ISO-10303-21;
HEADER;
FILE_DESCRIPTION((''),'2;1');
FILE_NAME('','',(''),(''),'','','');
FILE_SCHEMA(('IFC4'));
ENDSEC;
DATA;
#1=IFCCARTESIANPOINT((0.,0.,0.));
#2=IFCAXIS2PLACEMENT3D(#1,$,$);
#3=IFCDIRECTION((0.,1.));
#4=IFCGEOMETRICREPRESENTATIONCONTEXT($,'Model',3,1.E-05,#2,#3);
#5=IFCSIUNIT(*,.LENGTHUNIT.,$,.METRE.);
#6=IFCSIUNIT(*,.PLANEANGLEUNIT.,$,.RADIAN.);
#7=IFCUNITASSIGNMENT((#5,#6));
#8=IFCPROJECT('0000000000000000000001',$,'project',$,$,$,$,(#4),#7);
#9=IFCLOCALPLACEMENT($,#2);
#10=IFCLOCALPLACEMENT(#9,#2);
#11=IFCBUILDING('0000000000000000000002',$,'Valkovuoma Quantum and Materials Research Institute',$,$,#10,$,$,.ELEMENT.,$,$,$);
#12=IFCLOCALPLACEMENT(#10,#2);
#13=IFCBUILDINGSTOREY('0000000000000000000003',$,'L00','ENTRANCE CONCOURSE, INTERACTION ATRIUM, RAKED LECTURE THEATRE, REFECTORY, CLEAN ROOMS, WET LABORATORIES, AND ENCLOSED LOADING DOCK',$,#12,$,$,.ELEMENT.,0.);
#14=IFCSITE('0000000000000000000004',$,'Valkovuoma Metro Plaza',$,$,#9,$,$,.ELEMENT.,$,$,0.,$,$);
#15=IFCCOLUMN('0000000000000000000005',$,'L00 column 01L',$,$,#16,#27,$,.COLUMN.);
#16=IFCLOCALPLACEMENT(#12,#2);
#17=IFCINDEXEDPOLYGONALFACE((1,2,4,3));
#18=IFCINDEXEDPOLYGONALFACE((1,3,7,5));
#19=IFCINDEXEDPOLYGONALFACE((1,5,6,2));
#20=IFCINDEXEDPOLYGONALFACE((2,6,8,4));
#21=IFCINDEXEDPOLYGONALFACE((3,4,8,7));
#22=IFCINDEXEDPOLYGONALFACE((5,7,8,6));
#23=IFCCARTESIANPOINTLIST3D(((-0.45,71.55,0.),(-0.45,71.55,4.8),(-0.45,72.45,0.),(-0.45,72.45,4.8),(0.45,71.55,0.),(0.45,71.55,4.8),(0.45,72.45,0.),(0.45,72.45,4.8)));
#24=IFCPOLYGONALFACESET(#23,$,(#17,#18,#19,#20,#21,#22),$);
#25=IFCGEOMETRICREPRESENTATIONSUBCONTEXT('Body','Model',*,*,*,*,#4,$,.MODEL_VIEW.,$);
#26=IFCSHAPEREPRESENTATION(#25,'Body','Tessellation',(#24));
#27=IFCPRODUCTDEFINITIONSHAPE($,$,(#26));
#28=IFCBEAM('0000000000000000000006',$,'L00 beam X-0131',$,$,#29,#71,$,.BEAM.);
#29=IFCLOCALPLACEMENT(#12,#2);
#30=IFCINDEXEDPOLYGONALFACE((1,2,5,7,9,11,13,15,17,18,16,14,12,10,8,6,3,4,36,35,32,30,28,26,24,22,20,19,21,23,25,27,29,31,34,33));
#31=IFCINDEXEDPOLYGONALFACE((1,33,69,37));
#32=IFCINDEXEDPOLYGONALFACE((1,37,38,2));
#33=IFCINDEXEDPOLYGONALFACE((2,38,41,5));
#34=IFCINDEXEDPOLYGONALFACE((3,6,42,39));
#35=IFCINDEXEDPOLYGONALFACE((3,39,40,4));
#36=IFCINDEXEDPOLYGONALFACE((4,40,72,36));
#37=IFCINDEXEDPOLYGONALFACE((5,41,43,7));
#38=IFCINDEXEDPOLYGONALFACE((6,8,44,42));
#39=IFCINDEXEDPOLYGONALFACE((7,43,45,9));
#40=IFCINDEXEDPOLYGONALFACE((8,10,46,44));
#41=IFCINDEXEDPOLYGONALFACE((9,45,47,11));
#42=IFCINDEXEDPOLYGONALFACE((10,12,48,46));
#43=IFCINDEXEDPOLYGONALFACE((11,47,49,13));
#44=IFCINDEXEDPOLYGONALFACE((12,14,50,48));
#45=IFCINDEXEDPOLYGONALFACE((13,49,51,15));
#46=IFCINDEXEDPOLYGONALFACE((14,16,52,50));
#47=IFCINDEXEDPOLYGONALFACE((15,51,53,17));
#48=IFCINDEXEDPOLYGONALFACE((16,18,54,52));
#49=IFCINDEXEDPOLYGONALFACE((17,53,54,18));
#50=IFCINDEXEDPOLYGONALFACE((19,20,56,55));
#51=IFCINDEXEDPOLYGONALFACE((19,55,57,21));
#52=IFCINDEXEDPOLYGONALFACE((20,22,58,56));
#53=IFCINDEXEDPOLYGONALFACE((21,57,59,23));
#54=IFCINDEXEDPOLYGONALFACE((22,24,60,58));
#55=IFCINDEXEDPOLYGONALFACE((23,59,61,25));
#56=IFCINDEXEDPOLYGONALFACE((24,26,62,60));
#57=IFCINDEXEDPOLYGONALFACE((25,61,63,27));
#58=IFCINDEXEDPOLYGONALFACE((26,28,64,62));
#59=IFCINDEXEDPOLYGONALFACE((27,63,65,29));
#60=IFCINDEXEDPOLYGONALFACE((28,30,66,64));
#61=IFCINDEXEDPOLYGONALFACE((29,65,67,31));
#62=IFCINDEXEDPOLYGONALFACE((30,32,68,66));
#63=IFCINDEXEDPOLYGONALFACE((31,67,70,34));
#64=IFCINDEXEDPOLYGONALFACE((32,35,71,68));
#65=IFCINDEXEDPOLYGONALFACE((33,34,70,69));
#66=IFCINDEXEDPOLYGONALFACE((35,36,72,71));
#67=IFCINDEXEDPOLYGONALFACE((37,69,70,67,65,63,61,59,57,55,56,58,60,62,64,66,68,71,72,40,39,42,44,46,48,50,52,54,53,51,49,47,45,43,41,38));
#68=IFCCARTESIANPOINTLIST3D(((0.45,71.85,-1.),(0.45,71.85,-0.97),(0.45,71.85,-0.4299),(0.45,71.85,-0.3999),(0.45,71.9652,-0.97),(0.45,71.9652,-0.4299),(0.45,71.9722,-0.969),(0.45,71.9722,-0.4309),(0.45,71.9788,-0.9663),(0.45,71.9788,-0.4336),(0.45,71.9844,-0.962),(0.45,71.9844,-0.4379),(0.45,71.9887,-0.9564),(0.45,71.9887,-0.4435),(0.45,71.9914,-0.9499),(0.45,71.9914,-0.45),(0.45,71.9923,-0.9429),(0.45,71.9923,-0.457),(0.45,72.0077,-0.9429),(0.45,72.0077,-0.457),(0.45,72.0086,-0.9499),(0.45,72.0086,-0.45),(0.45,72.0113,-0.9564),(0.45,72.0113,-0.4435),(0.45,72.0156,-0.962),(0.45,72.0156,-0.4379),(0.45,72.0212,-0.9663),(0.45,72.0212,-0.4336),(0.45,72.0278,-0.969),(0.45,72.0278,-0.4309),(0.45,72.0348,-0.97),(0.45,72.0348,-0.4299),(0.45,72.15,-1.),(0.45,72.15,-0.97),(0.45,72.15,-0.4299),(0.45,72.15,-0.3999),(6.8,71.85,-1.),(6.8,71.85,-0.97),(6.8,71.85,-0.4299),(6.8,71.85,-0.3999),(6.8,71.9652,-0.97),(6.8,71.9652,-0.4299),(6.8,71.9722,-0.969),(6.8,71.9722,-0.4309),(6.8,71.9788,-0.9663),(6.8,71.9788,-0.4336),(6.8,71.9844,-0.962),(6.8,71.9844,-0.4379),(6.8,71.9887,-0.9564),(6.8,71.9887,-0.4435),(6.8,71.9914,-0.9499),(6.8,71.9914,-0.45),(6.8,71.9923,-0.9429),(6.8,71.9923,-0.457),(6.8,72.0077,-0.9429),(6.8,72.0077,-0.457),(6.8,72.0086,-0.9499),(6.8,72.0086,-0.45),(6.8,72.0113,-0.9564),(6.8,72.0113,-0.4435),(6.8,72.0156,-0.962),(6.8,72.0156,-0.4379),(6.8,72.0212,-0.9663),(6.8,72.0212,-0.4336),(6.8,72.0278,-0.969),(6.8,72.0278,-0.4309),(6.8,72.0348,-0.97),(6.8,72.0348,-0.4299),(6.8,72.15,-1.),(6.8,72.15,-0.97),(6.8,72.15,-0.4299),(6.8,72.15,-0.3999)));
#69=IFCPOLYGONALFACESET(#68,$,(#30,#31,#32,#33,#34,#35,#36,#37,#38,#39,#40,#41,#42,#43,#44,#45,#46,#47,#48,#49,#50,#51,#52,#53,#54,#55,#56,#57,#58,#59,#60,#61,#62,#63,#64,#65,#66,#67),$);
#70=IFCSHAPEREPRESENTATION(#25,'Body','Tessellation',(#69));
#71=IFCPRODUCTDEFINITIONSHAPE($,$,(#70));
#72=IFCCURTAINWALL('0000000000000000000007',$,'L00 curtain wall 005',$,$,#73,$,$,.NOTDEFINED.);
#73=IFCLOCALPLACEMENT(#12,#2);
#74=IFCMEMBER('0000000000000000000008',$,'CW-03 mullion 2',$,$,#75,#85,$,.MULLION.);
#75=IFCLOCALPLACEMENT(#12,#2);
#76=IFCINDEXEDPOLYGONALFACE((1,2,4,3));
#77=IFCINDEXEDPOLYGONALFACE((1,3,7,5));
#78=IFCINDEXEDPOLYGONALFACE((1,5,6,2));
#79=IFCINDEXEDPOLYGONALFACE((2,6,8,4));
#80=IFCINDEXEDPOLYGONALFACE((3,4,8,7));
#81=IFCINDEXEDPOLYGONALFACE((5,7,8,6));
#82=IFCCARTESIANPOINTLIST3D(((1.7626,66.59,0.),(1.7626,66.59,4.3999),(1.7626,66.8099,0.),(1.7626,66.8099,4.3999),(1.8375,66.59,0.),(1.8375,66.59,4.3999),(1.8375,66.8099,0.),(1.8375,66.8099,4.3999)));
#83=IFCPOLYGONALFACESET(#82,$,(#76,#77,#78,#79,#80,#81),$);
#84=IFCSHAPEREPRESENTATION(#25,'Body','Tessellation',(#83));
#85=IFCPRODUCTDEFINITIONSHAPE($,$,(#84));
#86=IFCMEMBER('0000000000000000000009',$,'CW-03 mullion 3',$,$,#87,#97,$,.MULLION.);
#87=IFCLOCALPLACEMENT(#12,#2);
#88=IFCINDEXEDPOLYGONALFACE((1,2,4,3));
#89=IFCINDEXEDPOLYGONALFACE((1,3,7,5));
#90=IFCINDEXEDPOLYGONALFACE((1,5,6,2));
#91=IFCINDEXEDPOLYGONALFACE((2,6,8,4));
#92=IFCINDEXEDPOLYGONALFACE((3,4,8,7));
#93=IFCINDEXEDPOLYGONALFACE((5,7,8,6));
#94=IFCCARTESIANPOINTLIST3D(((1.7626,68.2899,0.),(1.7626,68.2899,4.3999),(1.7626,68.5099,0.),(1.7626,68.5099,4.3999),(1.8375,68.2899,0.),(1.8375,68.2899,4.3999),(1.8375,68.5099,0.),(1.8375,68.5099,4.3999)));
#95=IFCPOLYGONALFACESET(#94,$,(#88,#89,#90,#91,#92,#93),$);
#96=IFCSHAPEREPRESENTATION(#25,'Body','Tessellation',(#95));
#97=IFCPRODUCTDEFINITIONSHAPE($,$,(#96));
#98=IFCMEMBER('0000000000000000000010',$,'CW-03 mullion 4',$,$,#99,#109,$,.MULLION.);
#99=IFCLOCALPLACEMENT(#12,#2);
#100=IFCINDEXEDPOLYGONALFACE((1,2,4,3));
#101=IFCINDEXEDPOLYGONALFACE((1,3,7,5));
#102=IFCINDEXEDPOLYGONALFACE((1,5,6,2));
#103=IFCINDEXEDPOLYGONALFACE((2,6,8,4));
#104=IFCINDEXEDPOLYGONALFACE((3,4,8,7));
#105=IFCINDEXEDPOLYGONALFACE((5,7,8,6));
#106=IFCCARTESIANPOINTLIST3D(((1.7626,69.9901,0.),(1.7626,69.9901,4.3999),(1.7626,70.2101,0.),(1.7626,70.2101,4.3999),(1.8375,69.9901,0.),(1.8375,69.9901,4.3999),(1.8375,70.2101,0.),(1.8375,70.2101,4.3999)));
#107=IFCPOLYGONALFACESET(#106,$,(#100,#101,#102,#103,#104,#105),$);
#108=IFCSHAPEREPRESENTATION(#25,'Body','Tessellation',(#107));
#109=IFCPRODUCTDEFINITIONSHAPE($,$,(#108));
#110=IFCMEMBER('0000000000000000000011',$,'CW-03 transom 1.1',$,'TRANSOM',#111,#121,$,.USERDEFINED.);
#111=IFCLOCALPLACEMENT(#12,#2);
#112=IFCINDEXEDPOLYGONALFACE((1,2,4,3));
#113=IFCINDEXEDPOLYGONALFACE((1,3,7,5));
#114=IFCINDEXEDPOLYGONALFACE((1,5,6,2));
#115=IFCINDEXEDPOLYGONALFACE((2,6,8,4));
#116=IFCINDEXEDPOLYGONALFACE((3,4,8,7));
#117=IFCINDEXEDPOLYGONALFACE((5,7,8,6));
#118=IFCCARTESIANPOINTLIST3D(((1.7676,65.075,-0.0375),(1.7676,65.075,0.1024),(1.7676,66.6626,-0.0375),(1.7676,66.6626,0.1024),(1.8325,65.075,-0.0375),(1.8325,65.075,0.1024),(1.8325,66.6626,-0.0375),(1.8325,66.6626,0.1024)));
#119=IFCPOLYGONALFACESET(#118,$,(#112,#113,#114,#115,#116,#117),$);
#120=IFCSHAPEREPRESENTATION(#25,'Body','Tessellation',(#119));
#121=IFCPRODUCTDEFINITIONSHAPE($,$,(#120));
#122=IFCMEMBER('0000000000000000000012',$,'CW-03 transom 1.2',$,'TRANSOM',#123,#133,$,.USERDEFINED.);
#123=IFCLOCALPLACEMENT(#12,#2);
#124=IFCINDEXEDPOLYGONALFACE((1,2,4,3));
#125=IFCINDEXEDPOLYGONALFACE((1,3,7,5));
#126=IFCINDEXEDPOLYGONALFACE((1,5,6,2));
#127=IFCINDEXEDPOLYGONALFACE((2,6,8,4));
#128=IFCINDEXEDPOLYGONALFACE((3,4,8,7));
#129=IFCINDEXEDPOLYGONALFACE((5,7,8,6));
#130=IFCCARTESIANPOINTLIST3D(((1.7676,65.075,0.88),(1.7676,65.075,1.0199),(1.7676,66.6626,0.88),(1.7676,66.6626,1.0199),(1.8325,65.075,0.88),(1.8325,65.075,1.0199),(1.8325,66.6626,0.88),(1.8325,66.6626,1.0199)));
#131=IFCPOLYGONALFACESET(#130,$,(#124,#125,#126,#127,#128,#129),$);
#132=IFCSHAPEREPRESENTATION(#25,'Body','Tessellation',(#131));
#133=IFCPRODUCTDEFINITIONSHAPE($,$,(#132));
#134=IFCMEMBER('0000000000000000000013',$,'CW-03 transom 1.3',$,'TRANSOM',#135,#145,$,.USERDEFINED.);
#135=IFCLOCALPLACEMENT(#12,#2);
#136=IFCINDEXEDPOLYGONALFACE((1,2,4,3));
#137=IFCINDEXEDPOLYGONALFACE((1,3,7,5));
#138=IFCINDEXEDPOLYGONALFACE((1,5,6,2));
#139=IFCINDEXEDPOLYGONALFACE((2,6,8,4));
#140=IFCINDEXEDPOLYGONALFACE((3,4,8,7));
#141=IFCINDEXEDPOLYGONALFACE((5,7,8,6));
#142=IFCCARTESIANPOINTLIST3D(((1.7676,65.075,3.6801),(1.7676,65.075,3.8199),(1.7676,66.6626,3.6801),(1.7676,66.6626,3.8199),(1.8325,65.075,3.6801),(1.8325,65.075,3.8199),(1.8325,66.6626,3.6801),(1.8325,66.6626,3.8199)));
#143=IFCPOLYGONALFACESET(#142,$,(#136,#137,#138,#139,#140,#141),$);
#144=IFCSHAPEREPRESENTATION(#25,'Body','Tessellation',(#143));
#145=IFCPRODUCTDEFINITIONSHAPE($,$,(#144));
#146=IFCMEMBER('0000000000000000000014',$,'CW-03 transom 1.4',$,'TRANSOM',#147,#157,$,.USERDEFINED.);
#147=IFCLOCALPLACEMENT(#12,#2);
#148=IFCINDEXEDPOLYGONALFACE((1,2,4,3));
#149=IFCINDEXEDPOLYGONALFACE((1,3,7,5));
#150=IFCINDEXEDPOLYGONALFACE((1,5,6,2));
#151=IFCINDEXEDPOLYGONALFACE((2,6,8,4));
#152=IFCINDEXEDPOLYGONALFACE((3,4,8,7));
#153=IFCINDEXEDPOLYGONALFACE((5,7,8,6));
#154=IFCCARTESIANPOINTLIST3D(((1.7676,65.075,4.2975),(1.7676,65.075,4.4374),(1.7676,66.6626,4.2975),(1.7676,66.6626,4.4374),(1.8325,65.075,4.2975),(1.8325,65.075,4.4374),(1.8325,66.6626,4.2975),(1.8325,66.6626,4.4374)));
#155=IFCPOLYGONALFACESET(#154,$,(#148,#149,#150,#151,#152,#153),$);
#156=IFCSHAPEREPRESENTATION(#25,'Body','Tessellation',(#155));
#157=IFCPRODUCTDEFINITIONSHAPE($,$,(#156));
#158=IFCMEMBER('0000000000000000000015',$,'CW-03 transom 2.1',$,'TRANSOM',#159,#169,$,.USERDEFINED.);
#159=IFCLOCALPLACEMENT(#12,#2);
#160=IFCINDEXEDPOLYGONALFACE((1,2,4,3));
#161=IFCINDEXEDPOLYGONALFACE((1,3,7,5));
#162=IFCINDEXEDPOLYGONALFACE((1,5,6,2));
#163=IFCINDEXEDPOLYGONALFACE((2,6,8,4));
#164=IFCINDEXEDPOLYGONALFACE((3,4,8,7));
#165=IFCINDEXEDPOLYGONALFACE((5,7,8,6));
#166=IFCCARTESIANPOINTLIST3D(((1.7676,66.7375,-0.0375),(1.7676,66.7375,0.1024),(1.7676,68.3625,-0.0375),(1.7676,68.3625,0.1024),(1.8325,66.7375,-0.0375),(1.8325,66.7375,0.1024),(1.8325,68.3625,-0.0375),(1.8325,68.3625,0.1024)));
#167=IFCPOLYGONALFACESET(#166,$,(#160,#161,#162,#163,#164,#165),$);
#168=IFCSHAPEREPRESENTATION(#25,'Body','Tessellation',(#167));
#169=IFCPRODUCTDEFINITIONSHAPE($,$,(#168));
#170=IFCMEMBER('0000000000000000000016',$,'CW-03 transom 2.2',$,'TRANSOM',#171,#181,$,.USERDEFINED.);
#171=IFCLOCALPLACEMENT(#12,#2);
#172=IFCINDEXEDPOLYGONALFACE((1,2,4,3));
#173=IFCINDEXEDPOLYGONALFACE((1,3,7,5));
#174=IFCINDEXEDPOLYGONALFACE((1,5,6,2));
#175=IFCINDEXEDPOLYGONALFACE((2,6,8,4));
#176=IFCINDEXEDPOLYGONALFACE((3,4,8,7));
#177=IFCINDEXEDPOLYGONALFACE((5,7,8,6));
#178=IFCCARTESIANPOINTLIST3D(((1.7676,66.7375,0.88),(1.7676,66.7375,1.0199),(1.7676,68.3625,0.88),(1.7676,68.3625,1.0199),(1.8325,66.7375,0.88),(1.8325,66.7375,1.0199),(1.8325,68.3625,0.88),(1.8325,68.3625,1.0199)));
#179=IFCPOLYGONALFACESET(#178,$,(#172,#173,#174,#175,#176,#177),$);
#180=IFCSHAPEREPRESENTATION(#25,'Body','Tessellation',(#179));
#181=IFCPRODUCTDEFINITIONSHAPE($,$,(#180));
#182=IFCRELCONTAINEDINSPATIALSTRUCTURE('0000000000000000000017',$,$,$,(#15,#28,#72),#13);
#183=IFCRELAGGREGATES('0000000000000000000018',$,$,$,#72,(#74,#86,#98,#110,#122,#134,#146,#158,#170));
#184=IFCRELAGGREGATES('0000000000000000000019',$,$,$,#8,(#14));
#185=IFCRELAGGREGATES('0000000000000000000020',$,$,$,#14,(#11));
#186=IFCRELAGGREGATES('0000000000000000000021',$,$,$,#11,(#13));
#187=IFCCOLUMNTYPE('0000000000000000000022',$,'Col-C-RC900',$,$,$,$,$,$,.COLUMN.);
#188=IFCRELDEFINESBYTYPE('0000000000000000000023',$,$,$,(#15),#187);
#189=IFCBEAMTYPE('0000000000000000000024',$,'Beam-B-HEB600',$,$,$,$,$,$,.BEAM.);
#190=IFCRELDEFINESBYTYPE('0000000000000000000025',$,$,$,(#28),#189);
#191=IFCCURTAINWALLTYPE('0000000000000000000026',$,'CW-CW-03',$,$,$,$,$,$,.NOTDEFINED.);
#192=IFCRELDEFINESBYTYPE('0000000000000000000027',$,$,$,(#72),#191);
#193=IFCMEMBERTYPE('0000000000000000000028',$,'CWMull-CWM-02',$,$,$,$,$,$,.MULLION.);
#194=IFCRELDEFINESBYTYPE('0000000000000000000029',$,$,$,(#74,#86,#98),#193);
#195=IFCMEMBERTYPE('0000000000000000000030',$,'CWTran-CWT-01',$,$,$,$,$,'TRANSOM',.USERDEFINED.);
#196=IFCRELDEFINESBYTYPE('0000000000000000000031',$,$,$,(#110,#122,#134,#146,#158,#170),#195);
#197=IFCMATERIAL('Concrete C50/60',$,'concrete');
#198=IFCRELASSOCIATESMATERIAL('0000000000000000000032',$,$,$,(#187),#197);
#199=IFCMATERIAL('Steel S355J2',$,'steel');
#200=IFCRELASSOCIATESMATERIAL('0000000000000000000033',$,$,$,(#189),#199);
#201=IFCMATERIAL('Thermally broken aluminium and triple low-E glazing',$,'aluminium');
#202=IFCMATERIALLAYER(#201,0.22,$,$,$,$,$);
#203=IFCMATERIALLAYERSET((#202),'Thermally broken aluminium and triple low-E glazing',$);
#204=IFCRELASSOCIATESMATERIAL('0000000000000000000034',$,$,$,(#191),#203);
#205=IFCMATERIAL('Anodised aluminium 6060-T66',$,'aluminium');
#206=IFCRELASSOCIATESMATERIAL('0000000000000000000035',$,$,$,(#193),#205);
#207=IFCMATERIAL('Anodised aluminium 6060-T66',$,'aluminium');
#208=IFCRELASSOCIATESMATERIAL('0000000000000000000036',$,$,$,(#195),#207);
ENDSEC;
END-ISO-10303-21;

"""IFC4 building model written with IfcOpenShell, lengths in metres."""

from ifc_helpers import new_model, si_unit, direction, frame, origin, origin_2d, place, context, subcontext, project, spatial, rectangle, i_section, extrude, material, layer, layer_set, material_profile, profile_set, type_object, element, aggregate, save


model = new_model("IFC4")

# Units and contexts
model_context = context("Model", 3, precision=1e-05, world=origin(), true_north=direction((0.0, 1.0)))
body_context = subcontext(model_context, "Body", "Model", "MODEL_VIEW")
ifc_project = project(units=[si_unit("LENGTHUNIT", "METRE"), si_unit("PLANEANGLEUNIT", "RADIAN")], contexts=[model_context])

# Site, building, storey
site_placement = place(None, origin())
site = spatial("IfcSite", under=ifc_project, at=site_placement, Name="Valkovuoma Metro Plaza", CompositionType="ELEMENT", RefElevation=0.0)
building_placement = place(site_placement, origin())
building = spatial("IfcBuilding", under=site, at=building_placement, Name="Valkovuoma Quantum and Materials Research Institute", CompositionType="ELEMENT")
storey_placement = place(building_placement, origin())
storey = spatial("IfcBuildingStorey", under=building, at=storey_placement, Name="L00", Description="ENTRANCE CONCOURSE, INTERACTION ATRIUM, RAKED LECTURE THEATRE, REFECTORY, CLEAN ROOMS, WET LABORATORIES, AND ENCLOSED LOADING DOCK", CompositionType="ELEMENT", Elevation=0.0)

# Column
ifc_material_1 = material(Name="Concrete C50/60", Category="concrete")
ifc_material_profile_1 = material_profile(ifc_material_1, rectangle(XDim=0.8999, YDim=0.8999, at=origin_2d()), Name="Concrete C50/60")
ifc_profile_set_1 = profile_set([ifc_material_profile_1], Name="Concrete C50/60")
column_type = type_object("IfcColumnType", Name="Col-C-RC900", PredefinedType="COLUMN", material=ifc_profile_set_1)
column_placement = place(storey_placement, frame((0.0, 72.0, 0.0), z_axis=(0.0, 0.0, 1.0), x_axis=(1.0, 0.0, 0.0)))
element("IfcColumn", 1, at=column_placement, inside=storey, type_object=column_type, Name="L00 column 01L", PredefinedType="COLUMN", context=body_context, shape_type="SweptSolid", body=[
    extrude(rectangle(XDim=0.8999, YDim=0.8999, at=origin_2d()), origin(), (0.0, 0.0, 1.0), 4.8),
])

# Beam
ifc_material_2 = material(Name="Steel S355J2", Category="steel")
ifc_material_profile_2 = material_profile(ifc_material_2, i_section(OverallWidth=0.3, OverallDepth=0.6001, WebThickness=0.0154, FlangeThickness=0.03, FilletRadius=0.0271, at=origin_2d()), Name="Steel S355J2")
ifc_profile_set_2 = profile_set([ifc_material_profile_2], Name="Steel S355J2")
beam_type = type_object("IfcBeamType", Name="Beam-B-HEB600", PredefinedType="BEAM", material=ifc_profile_set_2)
beam_placement = place(storey_placement, frame((0.45, 72.0, -0.7), z_axis=(1.0, 0.0, 0.0), x_axis=(0.0, 1.0, 0.0)))
element("IfcBeam", 2, at=beam_placement, inside=storey, type_object=beam_type, Name="L00 beam X-0131", PredefinedType="BEAM", context=body_context, shape_type="SweptSolid", body=[
    extrude(i_section(OverallWidth=0.3, OverallDepth=0.6001, WebThickness=0.0154, FlangeThickness=0.03, FilletRadius=0.0271, at=origin_2d()), origin(), (0.0, 0.0, 1.0), 6.3501),
])

# Curtain wall, members
ifc_material_3 = material(Name="Thermally broken aluminium and triple low-E glazing", Category="aluminium")
ifc_layer_1 = layer(ifc_material_3, 0.22)
ifc_layer_set_1 = layer_set([ifc_layer_1], Name="Thermally broken aluminium and triple low-E glazing")
curtain_wall_type = type_object("IfcCurtainWallType", Name="CW-CW-03", PredefinedType="NOTDEFINED", material=ifc_layer_set_1)
curtain_wall_placement = place(storey_placement, origin())
curtain_wall = element("IfcCurtainWall", 3, at=curtain_wall_placement, inside=storey, type_object=curtain_wall_type, Name="L00 curtain wall 005", PredefinedType="NOTDEFINED")
ifc_material_4 = material(Name="Anodised aluminium 6060-T66", Category="aluminium")
ifc_material_profile_3 = material_profile(ifc_material_4, rectangle(XDim=0.075, YDim=0.22, at=origin_2d()), Name="Anodised aluminium 6060-T66")
ifc_profile_set_3 = profile_set([ifc_material_profile_3], Name="Anodised aluminium 6060-T66")
member_type_1 = type_object("IfcMemberType", Name="CWMull-CWM-02", PredefinedType="MULLION", material=ifc_profile_set_3)
member_1_placement = place(storey_placement, frame((1.8, 66.7, 0.0), z_axis=(0.0, 0.0, 1.0), x_axis=(-1.0, 0.0, 0.0)))
member_1 = element("IfcMember", 4, at=member_1_placement, type_object=member_type_1, Name="CW-03 mullion 2", PredefinedType="MULLION", context=body_context, shape_type="SweptSolid", body=[
    extrude(rectangle(XDim=0.075, YDim=0.22, at=origin_2d()), origin(), (0.0, 0.0, 1.0), 4.3999),
])
member_2_placement = place(storey_placement, frame((1.8, 68.3999, 0.0), z_axis=(0.0, 0.0, 1.0), x_axis=(-1.0, 0.0, 0.0)))
member_2 = element("IfcMember", 5, at=member_2_placement, type_object=member_type_1, Name="CW-03 mullion 3", PredefinedType="MULLION", context=body_context, shape_type="SweptSolid", body=[
    extrude(rectangle(XDim=0.075, YDim=0.22, at=origin_2d()), origin(), (0.0, 0.0, 1.0), 4.3999),
])
member_3_placement = place(storey_placement, frame((1.8, 70.1001, 0.0), z_axis=(0.0, 0.0, 1.0), x_axis=(-1.0, 0.0, 0.0)))
member_3 = element("IfcMember", 6, at=member_3_placement, type_object=member_type_1, Name="CW-03 mullion 4", PredefinedType="MULLION", context=body_context, shape_type="SweptSolid", body=[
    extrude(rectangle(XDim=0.075, YDim=0.22, at=origin_2d()), origin(), (0.0, 0.0, 1.0), 4.3999),
])
ifc_material_5 = material(Name="Anodised aluminium 6060-T66", Category="aluminium")
ifc_material_profile_4 = material_profile(ifc_material_5, rectangle(XDim=0.0649, YDim=0.1399, at=origin_2d()), Name="Anodised aluminium 6060-T66")
ifc_profile_set_4 = profile_set([ifc_material_profile_4], Name="Anodised aluminium 6060-T66")
member_type_2 = type_object("IfcMemberType", Name="CWTran-CWT-01", ElementType="TRANSOM", PredefinedType="USERDEFINED", material=ifc_profile_set_4)
member_4_placement = place(storey_placement, frame((1.8, 65.075, 0.0325), z_axis=(0.0, 1.0, 0.0), x_axis=(-1.0, 0.0, 0.0)))
member_4 = element("IfcMember", 7, at=member_4_placement, type_object=member_type_2, Name="CW-03 transom 1.1", ObjectType="TRANSOM", PredefinedType="USERDEFINED", context=body_context, shape_type="SweptSolid", body=[
    extrude(rectangle(XDim=0.0649, YDim=0.1399, at=origin_2d()), origin(), (0.0, 0.0, 1.0), 1.5876),
])
member_5_placement = place(storey_placement, frame((1.8, 65.075, 0.95), z_axis=(0.0, 1.0, 0.0), x_axis=(-1.0, 0.0, 0.0)))
member_5 = element("IfcMember", 8, at=member_5_placement, type_object=member_type_2, Name="CW-03 transom 1.2", ObjectType="TRANSOM", PredefinedType="USERDEFINED", context=body_context, shape_type="SweptSolid", body=[
    extrude(rectangle(XDim=0.0649, YDim=0.1399, at=origin_2d()), origin(), (0.0, 0.0, 1.0), 1.5876),
])
member_6_placement = place(storey_placement, frame((1.8, 65.075, 3.75), z_axis=(0.0, 1.0, 0.0), x_axis=(-1.0, 0.0, 0.0)))
member_6 = element("IfcMember", 9, at=member_6_placement, type_object=member_type_2, Name="CW-03 transom 1.3", ObjectType="TRANSOM", PredefinedType="USERDEFINED", context=body_context, shape_type="SweptSolid", body=[
    extrude(rectangle(XDim=0.0649, YDim=0.1399, at=origin_2d()), origin(), (0.0, 0.0, 1.0), 1.5876),
])
member_7_placement = place(storey_placement, frame((1.8, 65.075, 4.3674), z_axis=(0.0, 1.0, 0.0), x_axis=(-1.0, 0.0, 0.0)))
member_7 = element("IfcMember", 10, at=member_7_placement, type_object=member_type_2, Name="CW-03 transom 1.4", ObjectType="TRANSOM", PredefinedType="USERDEFINED", context=body_context, shape_type="SweptSolid", body=[
    extrude(rectangle(XDim=0.0649, YDim=0.1399, at=origin_2d()), origin(), (0.0, 0.0, 1.0), 1.5876),
])
member_8_placement = place(storey_placement, frame((1.8, 66.7375, 0.0325), z_axis=(0.0, 1.0, 0.0), x_axis=(-1.0, 0.0, 0.0)))
member_8 = element("IfcMember", 11, at=member_8_placement, type_object=member_type_2, Name="CW-03 transom 2.1", ObjectType="TRANSOM", PredefinedType="USERDEFINED", context=body_context, shape_type="SweptSolid", body=[
    extrude(rectangle(XDim=0.0649, YDim=0.1399, at=origin_2d()), origin(), (0.0, 0.0, 1.0), 1.625),
])
member_9_placement = place(storey_placement, frame((1.8, 66.7375, 0.95), z_axis=(0.0, 1.0, 0.0), x_axis=(-1.0, 0.0, 0.0)))
member_9 = element("IfcMember", 12, at=member_9_placement, type_object=member_type_2, Name="CW-03 transom 2.2", ObjectType="TRANSOM", PredefinedType="USERDEFINED", context=body_context, shape_type="SweptSolid", body=[
    extrude(rectangle(XDim=0.0649, YDim=0.1399, at=origin_2d()), origin(), (0.0, 0.0, 1.0), 1.625),
])
aggregate(curtain_wall, [member_1, member_2, member_3, member_4, member_5, member_6, member_7, member_8, member_9])

save(model, "model.ifc")
